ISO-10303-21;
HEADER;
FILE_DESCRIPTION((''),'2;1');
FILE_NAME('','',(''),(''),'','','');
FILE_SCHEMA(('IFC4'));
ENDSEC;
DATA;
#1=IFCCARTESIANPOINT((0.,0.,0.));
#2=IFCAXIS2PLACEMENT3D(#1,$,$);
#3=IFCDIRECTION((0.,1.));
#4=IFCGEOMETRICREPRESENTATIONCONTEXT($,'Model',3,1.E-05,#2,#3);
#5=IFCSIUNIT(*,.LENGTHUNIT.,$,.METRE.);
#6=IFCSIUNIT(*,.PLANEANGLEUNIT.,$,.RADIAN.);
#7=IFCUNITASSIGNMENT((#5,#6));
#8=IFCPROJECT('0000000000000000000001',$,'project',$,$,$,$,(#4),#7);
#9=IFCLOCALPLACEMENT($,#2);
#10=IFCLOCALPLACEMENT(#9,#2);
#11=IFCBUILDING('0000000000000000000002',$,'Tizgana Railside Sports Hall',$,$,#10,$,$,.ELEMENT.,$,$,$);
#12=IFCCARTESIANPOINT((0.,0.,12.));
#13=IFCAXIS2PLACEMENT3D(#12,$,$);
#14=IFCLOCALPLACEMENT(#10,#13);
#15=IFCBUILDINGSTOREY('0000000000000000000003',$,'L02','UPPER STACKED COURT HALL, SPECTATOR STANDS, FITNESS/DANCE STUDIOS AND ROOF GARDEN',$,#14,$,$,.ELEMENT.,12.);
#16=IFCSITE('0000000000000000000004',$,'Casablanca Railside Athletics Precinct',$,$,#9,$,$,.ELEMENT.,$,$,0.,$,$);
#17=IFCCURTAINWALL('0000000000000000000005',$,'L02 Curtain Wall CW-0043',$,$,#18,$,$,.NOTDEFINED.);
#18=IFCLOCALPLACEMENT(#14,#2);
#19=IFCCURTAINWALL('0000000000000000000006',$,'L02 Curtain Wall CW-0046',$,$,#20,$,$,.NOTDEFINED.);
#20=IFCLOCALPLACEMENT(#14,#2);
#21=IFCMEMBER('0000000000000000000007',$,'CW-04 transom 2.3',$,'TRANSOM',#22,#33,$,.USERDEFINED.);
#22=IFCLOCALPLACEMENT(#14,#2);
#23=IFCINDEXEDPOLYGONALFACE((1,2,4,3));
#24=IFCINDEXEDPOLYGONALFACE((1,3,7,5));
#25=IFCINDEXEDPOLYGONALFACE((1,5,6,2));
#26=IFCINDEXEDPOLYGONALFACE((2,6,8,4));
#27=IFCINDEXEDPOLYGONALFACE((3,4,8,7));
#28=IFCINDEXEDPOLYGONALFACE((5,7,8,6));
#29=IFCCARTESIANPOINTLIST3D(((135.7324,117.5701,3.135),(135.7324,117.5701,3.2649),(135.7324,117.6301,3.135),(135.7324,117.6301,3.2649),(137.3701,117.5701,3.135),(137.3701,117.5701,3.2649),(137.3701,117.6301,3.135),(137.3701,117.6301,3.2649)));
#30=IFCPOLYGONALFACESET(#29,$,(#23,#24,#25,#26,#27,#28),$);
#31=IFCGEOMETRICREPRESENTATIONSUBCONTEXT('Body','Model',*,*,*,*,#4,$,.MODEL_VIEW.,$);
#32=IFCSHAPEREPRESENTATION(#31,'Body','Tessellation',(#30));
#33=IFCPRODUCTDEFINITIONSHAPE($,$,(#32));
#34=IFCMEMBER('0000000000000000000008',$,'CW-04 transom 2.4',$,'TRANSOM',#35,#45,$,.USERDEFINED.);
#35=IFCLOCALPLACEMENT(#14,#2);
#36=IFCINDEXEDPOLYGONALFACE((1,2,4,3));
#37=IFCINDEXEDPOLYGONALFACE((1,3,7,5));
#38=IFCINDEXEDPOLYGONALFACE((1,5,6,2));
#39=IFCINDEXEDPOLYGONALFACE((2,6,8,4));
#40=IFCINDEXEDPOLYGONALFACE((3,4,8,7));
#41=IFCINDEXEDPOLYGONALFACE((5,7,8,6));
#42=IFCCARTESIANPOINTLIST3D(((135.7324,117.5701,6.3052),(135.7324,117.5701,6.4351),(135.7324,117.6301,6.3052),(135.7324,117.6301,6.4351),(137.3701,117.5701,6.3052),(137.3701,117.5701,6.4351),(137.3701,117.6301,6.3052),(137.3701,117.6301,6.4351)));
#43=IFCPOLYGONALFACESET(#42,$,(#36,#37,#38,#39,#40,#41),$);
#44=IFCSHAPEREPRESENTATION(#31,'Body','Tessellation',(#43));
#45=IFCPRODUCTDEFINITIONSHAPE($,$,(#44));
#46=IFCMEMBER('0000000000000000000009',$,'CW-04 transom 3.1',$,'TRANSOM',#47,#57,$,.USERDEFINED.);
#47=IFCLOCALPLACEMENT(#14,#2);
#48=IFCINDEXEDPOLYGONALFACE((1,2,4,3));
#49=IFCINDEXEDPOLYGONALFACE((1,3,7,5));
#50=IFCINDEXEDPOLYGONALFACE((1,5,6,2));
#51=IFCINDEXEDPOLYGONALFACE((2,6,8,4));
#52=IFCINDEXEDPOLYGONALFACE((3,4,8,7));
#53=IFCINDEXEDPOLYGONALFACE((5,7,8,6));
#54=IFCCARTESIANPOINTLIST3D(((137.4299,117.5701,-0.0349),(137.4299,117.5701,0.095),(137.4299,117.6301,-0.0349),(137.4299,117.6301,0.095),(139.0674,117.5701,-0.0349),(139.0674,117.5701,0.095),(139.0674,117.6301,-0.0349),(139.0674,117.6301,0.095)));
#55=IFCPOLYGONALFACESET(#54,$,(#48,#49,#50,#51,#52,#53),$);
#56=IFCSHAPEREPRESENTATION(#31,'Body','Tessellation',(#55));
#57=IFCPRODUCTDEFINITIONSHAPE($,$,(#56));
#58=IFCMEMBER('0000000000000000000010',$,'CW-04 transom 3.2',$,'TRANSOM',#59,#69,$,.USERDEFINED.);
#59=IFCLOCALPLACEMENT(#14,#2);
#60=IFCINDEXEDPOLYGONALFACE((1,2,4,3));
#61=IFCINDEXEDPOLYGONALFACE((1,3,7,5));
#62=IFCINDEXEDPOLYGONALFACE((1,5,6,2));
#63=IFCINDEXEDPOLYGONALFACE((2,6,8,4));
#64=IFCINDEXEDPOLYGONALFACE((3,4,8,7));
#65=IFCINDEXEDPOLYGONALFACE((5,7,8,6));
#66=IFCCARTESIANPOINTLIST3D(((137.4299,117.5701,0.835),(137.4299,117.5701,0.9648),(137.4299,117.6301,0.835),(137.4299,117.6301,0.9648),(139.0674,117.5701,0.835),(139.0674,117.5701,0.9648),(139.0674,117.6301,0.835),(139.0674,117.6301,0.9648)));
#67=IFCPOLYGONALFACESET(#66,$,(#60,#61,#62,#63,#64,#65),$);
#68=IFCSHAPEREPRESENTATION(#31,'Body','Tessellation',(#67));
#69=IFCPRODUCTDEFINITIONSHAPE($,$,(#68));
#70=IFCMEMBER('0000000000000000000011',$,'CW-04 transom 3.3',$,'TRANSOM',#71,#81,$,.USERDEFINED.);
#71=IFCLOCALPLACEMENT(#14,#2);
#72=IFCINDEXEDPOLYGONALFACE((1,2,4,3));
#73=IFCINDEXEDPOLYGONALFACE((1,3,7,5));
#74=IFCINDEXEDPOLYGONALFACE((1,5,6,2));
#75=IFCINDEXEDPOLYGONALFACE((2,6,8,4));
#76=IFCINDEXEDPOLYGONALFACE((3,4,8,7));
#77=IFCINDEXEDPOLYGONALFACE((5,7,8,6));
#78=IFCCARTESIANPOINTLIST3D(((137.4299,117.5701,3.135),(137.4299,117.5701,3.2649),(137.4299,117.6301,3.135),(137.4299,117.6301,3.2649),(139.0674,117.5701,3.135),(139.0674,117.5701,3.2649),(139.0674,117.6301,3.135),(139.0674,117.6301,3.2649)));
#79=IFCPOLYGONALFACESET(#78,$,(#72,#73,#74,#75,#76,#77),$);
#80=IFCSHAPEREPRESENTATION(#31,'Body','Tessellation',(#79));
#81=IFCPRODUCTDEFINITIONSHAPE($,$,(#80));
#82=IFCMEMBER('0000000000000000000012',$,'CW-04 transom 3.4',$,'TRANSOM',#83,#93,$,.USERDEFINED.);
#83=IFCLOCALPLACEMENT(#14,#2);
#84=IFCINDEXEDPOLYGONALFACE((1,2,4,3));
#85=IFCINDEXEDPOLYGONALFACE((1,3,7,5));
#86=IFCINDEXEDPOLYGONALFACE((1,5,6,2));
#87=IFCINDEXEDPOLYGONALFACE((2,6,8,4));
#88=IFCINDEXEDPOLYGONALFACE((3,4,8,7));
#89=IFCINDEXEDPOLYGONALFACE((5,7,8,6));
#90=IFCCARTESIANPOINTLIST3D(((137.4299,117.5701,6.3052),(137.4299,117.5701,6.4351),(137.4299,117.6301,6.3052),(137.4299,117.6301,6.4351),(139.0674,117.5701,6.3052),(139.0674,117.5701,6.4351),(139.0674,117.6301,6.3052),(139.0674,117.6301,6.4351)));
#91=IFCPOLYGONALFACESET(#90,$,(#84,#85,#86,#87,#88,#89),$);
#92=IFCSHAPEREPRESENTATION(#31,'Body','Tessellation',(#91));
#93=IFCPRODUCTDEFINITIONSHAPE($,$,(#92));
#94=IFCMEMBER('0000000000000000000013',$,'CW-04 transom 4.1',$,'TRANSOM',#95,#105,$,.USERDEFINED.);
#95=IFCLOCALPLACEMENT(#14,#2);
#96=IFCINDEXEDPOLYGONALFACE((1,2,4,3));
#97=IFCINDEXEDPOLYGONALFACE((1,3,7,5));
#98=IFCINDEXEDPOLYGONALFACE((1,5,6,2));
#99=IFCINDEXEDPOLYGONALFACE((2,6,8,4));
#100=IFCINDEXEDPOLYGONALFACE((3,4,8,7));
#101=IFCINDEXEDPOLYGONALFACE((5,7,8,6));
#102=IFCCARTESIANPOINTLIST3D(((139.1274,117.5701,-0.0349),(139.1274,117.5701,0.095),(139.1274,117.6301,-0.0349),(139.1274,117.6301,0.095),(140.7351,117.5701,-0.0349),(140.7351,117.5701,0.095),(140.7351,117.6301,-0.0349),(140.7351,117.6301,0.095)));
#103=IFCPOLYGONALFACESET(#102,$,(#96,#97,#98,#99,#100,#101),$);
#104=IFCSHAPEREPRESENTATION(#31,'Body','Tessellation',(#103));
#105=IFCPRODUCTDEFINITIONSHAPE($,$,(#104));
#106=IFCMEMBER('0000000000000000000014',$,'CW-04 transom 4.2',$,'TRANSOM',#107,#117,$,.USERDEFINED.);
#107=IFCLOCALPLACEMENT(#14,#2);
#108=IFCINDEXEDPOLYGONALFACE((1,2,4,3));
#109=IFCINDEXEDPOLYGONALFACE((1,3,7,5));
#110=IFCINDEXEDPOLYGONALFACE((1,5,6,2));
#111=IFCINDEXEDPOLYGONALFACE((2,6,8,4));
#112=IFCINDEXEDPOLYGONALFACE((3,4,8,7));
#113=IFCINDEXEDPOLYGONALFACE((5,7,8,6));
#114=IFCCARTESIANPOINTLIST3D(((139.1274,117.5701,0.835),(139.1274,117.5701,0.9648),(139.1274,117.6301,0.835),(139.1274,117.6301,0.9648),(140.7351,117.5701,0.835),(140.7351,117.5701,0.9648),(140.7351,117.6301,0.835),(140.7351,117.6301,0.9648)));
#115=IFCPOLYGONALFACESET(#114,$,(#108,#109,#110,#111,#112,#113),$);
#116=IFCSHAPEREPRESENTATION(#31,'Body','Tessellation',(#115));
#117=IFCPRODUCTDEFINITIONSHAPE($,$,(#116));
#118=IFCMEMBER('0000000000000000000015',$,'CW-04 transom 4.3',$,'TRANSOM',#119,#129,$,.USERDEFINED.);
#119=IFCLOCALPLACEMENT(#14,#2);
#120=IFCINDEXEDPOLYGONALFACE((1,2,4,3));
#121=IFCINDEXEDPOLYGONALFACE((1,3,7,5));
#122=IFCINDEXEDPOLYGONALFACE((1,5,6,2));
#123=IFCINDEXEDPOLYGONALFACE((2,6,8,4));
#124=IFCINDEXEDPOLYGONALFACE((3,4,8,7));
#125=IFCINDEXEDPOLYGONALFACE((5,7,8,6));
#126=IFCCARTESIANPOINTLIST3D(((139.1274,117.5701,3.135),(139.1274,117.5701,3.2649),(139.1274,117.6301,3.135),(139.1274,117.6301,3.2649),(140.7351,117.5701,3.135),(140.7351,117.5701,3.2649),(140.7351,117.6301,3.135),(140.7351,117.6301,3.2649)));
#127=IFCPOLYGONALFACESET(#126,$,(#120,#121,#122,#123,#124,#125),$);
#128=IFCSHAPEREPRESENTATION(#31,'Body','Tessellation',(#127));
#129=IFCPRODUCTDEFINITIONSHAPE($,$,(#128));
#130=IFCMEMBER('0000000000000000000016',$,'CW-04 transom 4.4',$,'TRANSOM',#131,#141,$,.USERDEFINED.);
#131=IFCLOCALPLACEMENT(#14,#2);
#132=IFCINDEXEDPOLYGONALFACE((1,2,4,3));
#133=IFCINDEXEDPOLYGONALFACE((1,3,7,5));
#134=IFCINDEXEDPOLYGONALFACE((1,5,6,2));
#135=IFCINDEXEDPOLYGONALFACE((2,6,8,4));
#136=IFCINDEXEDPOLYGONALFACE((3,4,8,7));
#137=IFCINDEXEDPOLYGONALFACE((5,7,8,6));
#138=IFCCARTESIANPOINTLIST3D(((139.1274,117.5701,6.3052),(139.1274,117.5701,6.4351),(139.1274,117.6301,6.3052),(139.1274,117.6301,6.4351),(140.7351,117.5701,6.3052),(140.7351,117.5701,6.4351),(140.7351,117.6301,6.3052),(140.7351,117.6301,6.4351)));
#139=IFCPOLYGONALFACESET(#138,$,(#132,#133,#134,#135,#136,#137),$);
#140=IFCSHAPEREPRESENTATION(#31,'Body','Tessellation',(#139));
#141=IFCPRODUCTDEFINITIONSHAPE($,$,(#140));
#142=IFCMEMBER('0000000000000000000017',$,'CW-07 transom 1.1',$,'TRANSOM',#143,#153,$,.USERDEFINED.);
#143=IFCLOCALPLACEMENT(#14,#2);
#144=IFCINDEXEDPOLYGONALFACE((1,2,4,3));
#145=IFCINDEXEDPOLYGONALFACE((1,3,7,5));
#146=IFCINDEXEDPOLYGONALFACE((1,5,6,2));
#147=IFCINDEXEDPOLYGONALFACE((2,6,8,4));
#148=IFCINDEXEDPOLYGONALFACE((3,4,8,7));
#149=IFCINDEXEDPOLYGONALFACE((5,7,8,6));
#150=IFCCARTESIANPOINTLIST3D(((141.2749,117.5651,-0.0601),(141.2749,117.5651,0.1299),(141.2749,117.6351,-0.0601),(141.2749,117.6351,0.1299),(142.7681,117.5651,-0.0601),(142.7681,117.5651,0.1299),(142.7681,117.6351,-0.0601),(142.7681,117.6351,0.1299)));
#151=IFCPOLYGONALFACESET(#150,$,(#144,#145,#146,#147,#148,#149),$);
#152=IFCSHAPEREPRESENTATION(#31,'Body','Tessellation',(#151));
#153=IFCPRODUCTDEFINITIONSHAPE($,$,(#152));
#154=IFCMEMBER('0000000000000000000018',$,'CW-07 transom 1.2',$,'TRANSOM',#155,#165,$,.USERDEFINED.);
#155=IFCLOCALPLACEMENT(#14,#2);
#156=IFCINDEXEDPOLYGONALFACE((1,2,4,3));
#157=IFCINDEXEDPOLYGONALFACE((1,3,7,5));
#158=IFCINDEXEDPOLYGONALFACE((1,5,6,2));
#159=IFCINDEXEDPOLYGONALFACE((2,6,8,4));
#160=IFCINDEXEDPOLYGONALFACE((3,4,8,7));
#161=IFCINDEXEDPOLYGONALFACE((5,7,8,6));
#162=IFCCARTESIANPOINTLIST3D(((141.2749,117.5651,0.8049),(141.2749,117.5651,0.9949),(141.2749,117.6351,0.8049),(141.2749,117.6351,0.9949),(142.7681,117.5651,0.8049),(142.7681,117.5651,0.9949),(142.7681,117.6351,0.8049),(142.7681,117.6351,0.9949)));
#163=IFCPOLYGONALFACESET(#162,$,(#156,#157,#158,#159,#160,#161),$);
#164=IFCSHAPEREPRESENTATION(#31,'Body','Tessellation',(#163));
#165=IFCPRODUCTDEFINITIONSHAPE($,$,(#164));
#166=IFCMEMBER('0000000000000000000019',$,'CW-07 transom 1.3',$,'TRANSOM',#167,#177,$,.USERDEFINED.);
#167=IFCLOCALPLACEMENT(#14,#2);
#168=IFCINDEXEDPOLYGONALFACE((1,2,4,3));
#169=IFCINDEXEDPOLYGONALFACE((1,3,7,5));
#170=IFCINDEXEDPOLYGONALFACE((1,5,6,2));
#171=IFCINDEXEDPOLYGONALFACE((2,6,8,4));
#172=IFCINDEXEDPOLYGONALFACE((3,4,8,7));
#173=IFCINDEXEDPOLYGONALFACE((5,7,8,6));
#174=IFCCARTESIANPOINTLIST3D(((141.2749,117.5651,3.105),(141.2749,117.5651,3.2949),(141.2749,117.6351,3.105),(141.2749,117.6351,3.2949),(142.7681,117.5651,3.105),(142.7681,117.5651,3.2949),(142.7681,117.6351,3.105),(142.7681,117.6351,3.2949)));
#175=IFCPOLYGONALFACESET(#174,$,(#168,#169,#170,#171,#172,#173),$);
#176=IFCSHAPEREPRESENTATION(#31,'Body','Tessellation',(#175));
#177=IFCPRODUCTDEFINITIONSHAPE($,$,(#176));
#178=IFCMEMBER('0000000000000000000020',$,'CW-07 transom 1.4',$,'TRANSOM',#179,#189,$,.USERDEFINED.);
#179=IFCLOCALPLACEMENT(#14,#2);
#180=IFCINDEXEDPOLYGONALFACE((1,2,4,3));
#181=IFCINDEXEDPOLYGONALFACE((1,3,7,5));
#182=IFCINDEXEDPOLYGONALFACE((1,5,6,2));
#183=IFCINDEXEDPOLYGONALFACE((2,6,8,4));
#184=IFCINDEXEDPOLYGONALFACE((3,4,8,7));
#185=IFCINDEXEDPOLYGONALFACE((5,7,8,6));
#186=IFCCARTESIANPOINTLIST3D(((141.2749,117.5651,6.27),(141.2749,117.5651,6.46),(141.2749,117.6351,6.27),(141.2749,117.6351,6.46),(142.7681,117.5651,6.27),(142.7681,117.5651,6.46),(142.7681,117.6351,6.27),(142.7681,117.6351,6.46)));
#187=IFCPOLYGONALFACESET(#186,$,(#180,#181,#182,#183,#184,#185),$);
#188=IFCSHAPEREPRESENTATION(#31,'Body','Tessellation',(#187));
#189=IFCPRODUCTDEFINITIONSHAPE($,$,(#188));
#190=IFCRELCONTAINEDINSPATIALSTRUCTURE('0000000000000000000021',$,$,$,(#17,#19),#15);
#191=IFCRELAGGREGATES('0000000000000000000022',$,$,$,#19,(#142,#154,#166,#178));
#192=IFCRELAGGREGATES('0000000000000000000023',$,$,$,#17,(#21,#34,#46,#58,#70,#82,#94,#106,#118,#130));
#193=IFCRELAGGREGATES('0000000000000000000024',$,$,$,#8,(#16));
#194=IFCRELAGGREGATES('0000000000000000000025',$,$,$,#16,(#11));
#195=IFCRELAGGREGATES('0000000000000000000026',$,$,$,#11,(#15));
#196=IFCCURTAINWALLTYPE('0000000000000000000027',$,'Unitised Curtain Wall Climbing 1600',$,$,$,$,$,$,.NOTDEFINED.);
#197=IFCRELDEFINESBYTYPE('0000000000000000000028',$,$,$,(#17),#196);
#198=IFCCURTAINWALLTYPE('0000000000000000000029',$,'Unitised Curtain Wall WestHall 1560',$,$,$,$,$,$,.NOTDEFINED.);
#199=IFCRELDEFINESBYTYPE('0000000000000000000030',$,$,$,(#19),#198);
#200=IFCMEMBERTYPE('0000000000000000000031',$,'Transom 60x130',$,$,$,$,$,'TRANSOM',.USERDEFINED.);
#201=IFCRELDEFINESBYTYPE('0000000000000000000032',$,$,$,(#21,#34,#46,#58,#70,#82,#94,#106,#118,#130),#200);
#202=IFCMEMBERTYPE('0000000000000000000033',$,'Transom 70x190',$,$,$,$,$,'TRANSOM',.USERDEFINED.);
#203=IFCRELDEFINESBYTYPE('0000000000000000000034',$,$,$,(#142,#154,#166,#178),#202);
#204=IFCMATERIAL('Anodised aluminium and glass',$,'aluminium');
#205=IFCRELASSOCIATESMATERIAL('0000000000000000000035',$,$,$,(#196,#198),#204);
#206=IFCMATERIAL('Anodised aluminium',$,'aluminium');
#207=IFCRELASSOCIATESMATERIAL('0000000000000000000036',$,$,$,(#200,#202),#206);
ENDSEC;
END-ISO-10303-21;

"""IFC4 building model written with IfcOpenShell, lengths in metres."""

from ifc_helpers import new_model, si_unit, direction, frame, origin, origin_2d, place, context, subcontext, project, spatial, rectangle, extrude, material, material_profile, profile_set, type_object, element, aggregate, save


model = new_model("IFC4")

# Units and contexts
model_context = context("Model", 3, precision=1e-05, world=origin(), true_north=direction((0.0, 1.0)))
body_context = subcontext(model_context, "Body", "Model", "MODEL_VIEW")
ifc_project = project(units=[si_unit("LENGTHUNIT", "METRE"), si_unit("PLANEANGLEUNIT", "RADIAN")], contexts=[model_context])

# Site, building, storey
site_placement = place(None, origin())
site = spatial("IfcSite", under=ifc_project, at=site_placement, Name="Casablanca Railside Athletics Precinct", CompositionType="ELEMENT", RefElevation=0.0)
building_placement = place(site_placement, origin())
building = spatial("IfcBuilding", under=site, at=building_placement, Name="Tizgana Railside Sports Hall", CompositionType="ELEMENT")
storey_placement = place(building_placement, frame((0.0, 0.0, 12.0)))
storey = spatial("IfcBuildingStorey", under=building, at=storey_placement, Name="L02", Description="UPPER STACKED COURT HALL, SPECTATOR STANDS, FITNESS/DANCE STUDIOS AND ROOF GARDEN", CompositionType="ELEMENT", Elevation=12.0)

# Curtain walls
ifc_material_1 = material(Name="Anodised aluminium and glass", Category="aluminium")
curtain_wall_type_1 = type_object("IfcCurtainWallType", Name="Unitised Curtain Wall Climbing 1600", PredefinedType="NOTDEFINED", material=ifc_material_1)
curtain_wall_1_placement = place(storey_placement, origin())
curtain_wall_1 = element("IfcCurtainWall", 1, at=curtain_wall_1_placement, inside=storey, type_object=curtain_wall_type_1, Name="L02 Curtain Wall CW-0043", PredefinedType="NOTDEFINED")
ifc_material_2 = material(Name="Anodised aluminium", Category="aluminium")
curtain_wall_type_2 = type_object("IfcCurtainWallType", Name="Unitised Curtain Wall WestHall 1560", PredefinedType="NOTDEFINED", material=ifc_material_1)
curtain_wall_2_placement = place(storey_placement, origin())
curtain_wall_2 = element("IfcCurtainWall", 2, at=curtain_wall_2_placement, inside=storey, type_object=curtain_wall_type_2, Name="L02 Curtain Wall CW-0046", PredefinedType="NOTDEFINED")

# Members
ifc_material_profile_1 = material_profile(ifc_material_2, rectangle(XDim=0.0601, YDim=0.1299, at=origin_2d()), Name="Transom 60x130")
ifc_profile_set_1 = profile_set([ifc_material_profile_1], Name="Anodised aluminium")
member_type_1 = type_object("IfcMemberType", Name="Transom 60x130", ElementType="TRANSOM", PredefinedType="USERDEFINED", material=ifc_profile_set_1)
member_1_placement = place(storey_placement, frame((135.7324, 117.6001, 3.2), z_axis=(1.0, 0.0, 0.0), x_axis=(0.0, 1.0, 0.0)))
member_1 = element("IfcMember", 3, at=member_1_placement, type_object=member_type_1, Name="CW-04 transom 2.3", ObjectType="TRANSOM", PredefinedType="USERDEFINED", context=body_context, shape_type="SweptSolid", body=[
    extrude(rectangle(XDim=0.0601, YDim=0.1299, at=origin_2d()), origin(), (0.0, 0.0, 1.0), 1.6377),
])
member_2_placement = place(storey_placement, frame((135.7324, 117.6001, 6.3701), z_axis=(1.0, 0.0, 0.0), x_axis=(0.0, 1.0, 0.0)))
member_2 = element("IfcMember", 4, at=member_2_placement, type_object=member_type_1, Name="CW-04 transom 2.4", ObjectType="TRANSOM", PredefinedType="USERDEFINED", context=body_context, shape_type="SweptSolid", body=[
    extrude(rectangle(XDim=0.0601, YDim=0.1299, at=origin_2d()), origin(), (0.0, 0.0, 1.0), 1.6377),
])
member_3_placement = place(storey_placement, frame((137.4299, 117.6001, 0.03), z_axis=(1.0, 0.0, 0.0), x_axis=(0.0, 1.0, 0.0)))
member_3 = element("IfcMember", 5, at=member_3_placement, type_object=member_type_1, Name="CW-04 transom 3.1", ObjectType="TRANSOM", PredefinedType="USERDEFINED", context=body_context, shape_type="SweptSolid", body=[
    extrude(rectangle(XDim=0.0601, YDim=0.1299, at=origin_2d()), origin(), (0.0, 0.0, 1.0), 1.6375),
])
member_4_placement = place(storey_placement, frame((137.4299, 117.6001, 0.8999), z_axis=(1.0, 0.0, 0.0), x_axis=(0.0, 1.0, 0.0)))
member_4 = element("IfcMember", 6, at=member_4_placement, type_object=member_type_1, Name="CW-04 transom 3.2", ObjectType="TRANSOM", PredefinedType="USERDEFINED", context=body_context, shape_type="SweptSolid", body=[
    extrude(rectangle(XDim=0.0601, YDim=0.1299, at=origin_2d()), origin(), (0.0, 0.0, 1.0), 1.6375),
])
member_5_placement = place(storey_placement, frame((137.4299, 117.6001, 3.2), z_axis=(1.0, 0.0, 0.0), x_axis=(0.0, 1.0, 0.0)))
member_5 = element("IfcMember", 7, at=member_5_placement, type_object=member_type_1, Name="CW-04 transom 3.3", ObjectType="TRANSOM", PredefinedType="USERDEFINED", context=body_context, shape_type="SweptSolid", body=[
    extrude(rectangle(XDim=0.0601, YDim=0.1299, at=origin_2d()), origin(), (0.0, 0.0, 1.0), 1.6375),
])
member_6_placement = place(storey_placement, frame((137.4299, 117.6001, 6.3701), z_axis=(1.0, 0.0, 0.0), x_axis=(0.0, 1.0, 0.0)))
member_6 = element("IfcMember", 8, at=member_6_placement, type_object=member_type_1, Name="CW-04 transom 3.4", ObjectType="TRANSOM", PredefinedType="USERDEFINED", context=body_context, shape_type="SweptSolid", body=[
    extrude(rectangle(XDim=0.0601, YDim=0.1299, at=origin_2d()), origin(), (0.0, 0.0, 1.0), 1.6375),
])
member_7_placement = place(storey_placement, frame((139.1274, 117.6001, 0.03), z_axis=(1.0, 0.0, 0.0), x_axis=(0.0, 1.0, 0.0)))
member_7 = element("IfcMember", 9, at=member_7_placement, type_object=member_type_1, Name="CW-04 transom 4.1", ObjectType="TRANSOM", PredefinedType="USERDEFINED", context=body_context, shape_type="SweptSolid", body=[
    extrude(rectangle(XDim=0.0601, YDim=0.1299, at=origin_2d()), origin(), (0.0, 0.0, 1.0), 1.6077),
])
member_8_placement = place(storey_placement, frame((139.1274, 117.6001, 0.8999), z_axis=(1.0, 0.0, 0.0), x_axis=(0.0, 1.0, 0.0)))
member_8 = element("IfcMember", 10, at=member_8_placement, type_object=member_type_1, Name="CW-04 transom 4.2", ObjectType="TRANSOM", PredefinedType="USERDEFINED", context=body_context, shape_type="SweptSolid", body=[
    extrude(rectangle(XDim=0.0601, YDim=0.1299, at=origin_2d()), origin(), (0.0, 0.0, 1.0), 1.6077),
])
member_9_placement = place(storey_placement, frame((139.1274, 117.6001, 3.2), z_axis=(1.0, 0.0, 0.0), x_axis=(0.0, 1.0, 0.0)))
member_9 = element("IfcMember", 11, at=member_9_placement, type_object=member_type_1, Name="CW-04 transom 4.3", ObjectType="TRANSOM", PredefinedType="USERDEFINED", context=body_context, shape_type="SweptSolid", body=[
    extrude(rectangle(XDim=0.0601, YDim=0.1299, at=origin_2d()), origin(), (0.0, 0.0, 1.0), 1.6077),
])
member_10_placement = place(storey_placement, frame((139.1274, 117.6001, 6.3701), z_axis=(1.0, 0.0, 0.0), x_axis=(0.0, 1.0, 0.0)))
member_10 = element("IfcMember", 12, at=member_10_placement, type_object=member_type_1, Name="CW-04 transom 4.4", ObjectType="TRANSOM", PredefinedType="USERDEFINED", context=body_context, shape_type="SweptSolid", body=[
    extrude(rectangle(XDim=0.0601, YDim=0.1299, at=origin_2d()), origin(), (0.0, 0.0, 1.0), 1.6077),
])
ifc_material_profile_2 = material_profile(ifc_material_2, rectangle(XDim=0.0701, YDim=0.1899, at=origin_2d()), Name="Transom 70x190")
ifc_profile_set_2 = profile_set([ifc_material_profile_2], Name="Anodised aluminium")
member_type_2 = type_object("IfcMemberType", Name="Transom 70x190", ElementType="TRANSOM", PredefinedType="USERDEFINED", material=ifc_profile_set_2)
member_11_placement = place(storey_placement, frame((141.2749, 117.6001, 0.0349), z_axis=(1.0, 0.0, 0.0), x_axis=(0.0, 1.0, 0.0)))
member_11 = element("IfcMember", 13, at=member_11_placement, type_object=member_type_2, Name="CW-07 transom 1.1", ObjectType="TRANSOM", PredefinedType="USERDEFINED", context=body_context, shape_type="SweptSolid", body=[
    extrude(rectangle(XDim=0.0701, YDim=0.1899, at=origin_2d()), origin(), (0.0, 0.0, 1.0), 1.4932),
])
member_12_placement = place(storey_placement, frame((141.2749, 117.6001, 0.8999), z_axis=(1.0, 0.0, 0.0), x_axis=(0.0, 1.0, 0.0)))
member_12 = element("IfcMember", 14, at=member_12_placement, type_object=member_type_2, Name="CW-07 transom 1.2", ObjectType="TRANSOM", PredefinedType="USERDEFINED", context=body_context, shape_type="SweptSolid", body=[
    extrude(rectangle(XDim=0.0701, YDim=0.1899, at=origin_2d()), origin(), (0.0, 0.0, 1.0), 1.4932),
])
member_13_placement = place(storey_placement, frame((141.2749, 117.6001, 3.2), z_axis=(1.0, 0.0, 0.0), x_axis=(0.0, 1.0, 0.0)))
member_13 = element("IfcMember", 15, at=member_13_placement, type_object=member_type_2, Name="CW-07 transom 1.3", ObjectType="TRANSOM", PredefinedType="USERDEFINED", context=body_context, shape_type="SweptSolid", body=[
    extrude(rectangle(XDim=0.0701, YDim=0.1899, at=origin_2d()), origin(), (0.0, 0.0, 1.0), 1.4932),
])
member_14_placement = place(storey_placement, frame((141.2749, 117.6001, 6.365), z_axis=(1.0, 0.0, 0.0), x_axis=(0.0, 1.0, 0.0)))
member_14 = element("IfcMember", 16, at=member_14_placement, type_object=member_type_2, Name="CW-07 transom 1.4", ObjectType="TRANSOM", PredefinedType="USERDEFINED", context=body_context, shape_type="SweptSolid", body=[
    extrude(rectangle(XDim=0.0701, YDim=0.1899, at=origin_2d()), origin(), (0.0, 0.0, 1.0), 1.4932),
])

aggregate(curtain_wall_2, [member_11, member_12, member_13, member_14])
aggregate(curtain_wall_1, [member_1, member_2, member_3, member_4, member_5, member_6, member_7, member_8, member_9, member_10])

save(model, "model.ifc")
